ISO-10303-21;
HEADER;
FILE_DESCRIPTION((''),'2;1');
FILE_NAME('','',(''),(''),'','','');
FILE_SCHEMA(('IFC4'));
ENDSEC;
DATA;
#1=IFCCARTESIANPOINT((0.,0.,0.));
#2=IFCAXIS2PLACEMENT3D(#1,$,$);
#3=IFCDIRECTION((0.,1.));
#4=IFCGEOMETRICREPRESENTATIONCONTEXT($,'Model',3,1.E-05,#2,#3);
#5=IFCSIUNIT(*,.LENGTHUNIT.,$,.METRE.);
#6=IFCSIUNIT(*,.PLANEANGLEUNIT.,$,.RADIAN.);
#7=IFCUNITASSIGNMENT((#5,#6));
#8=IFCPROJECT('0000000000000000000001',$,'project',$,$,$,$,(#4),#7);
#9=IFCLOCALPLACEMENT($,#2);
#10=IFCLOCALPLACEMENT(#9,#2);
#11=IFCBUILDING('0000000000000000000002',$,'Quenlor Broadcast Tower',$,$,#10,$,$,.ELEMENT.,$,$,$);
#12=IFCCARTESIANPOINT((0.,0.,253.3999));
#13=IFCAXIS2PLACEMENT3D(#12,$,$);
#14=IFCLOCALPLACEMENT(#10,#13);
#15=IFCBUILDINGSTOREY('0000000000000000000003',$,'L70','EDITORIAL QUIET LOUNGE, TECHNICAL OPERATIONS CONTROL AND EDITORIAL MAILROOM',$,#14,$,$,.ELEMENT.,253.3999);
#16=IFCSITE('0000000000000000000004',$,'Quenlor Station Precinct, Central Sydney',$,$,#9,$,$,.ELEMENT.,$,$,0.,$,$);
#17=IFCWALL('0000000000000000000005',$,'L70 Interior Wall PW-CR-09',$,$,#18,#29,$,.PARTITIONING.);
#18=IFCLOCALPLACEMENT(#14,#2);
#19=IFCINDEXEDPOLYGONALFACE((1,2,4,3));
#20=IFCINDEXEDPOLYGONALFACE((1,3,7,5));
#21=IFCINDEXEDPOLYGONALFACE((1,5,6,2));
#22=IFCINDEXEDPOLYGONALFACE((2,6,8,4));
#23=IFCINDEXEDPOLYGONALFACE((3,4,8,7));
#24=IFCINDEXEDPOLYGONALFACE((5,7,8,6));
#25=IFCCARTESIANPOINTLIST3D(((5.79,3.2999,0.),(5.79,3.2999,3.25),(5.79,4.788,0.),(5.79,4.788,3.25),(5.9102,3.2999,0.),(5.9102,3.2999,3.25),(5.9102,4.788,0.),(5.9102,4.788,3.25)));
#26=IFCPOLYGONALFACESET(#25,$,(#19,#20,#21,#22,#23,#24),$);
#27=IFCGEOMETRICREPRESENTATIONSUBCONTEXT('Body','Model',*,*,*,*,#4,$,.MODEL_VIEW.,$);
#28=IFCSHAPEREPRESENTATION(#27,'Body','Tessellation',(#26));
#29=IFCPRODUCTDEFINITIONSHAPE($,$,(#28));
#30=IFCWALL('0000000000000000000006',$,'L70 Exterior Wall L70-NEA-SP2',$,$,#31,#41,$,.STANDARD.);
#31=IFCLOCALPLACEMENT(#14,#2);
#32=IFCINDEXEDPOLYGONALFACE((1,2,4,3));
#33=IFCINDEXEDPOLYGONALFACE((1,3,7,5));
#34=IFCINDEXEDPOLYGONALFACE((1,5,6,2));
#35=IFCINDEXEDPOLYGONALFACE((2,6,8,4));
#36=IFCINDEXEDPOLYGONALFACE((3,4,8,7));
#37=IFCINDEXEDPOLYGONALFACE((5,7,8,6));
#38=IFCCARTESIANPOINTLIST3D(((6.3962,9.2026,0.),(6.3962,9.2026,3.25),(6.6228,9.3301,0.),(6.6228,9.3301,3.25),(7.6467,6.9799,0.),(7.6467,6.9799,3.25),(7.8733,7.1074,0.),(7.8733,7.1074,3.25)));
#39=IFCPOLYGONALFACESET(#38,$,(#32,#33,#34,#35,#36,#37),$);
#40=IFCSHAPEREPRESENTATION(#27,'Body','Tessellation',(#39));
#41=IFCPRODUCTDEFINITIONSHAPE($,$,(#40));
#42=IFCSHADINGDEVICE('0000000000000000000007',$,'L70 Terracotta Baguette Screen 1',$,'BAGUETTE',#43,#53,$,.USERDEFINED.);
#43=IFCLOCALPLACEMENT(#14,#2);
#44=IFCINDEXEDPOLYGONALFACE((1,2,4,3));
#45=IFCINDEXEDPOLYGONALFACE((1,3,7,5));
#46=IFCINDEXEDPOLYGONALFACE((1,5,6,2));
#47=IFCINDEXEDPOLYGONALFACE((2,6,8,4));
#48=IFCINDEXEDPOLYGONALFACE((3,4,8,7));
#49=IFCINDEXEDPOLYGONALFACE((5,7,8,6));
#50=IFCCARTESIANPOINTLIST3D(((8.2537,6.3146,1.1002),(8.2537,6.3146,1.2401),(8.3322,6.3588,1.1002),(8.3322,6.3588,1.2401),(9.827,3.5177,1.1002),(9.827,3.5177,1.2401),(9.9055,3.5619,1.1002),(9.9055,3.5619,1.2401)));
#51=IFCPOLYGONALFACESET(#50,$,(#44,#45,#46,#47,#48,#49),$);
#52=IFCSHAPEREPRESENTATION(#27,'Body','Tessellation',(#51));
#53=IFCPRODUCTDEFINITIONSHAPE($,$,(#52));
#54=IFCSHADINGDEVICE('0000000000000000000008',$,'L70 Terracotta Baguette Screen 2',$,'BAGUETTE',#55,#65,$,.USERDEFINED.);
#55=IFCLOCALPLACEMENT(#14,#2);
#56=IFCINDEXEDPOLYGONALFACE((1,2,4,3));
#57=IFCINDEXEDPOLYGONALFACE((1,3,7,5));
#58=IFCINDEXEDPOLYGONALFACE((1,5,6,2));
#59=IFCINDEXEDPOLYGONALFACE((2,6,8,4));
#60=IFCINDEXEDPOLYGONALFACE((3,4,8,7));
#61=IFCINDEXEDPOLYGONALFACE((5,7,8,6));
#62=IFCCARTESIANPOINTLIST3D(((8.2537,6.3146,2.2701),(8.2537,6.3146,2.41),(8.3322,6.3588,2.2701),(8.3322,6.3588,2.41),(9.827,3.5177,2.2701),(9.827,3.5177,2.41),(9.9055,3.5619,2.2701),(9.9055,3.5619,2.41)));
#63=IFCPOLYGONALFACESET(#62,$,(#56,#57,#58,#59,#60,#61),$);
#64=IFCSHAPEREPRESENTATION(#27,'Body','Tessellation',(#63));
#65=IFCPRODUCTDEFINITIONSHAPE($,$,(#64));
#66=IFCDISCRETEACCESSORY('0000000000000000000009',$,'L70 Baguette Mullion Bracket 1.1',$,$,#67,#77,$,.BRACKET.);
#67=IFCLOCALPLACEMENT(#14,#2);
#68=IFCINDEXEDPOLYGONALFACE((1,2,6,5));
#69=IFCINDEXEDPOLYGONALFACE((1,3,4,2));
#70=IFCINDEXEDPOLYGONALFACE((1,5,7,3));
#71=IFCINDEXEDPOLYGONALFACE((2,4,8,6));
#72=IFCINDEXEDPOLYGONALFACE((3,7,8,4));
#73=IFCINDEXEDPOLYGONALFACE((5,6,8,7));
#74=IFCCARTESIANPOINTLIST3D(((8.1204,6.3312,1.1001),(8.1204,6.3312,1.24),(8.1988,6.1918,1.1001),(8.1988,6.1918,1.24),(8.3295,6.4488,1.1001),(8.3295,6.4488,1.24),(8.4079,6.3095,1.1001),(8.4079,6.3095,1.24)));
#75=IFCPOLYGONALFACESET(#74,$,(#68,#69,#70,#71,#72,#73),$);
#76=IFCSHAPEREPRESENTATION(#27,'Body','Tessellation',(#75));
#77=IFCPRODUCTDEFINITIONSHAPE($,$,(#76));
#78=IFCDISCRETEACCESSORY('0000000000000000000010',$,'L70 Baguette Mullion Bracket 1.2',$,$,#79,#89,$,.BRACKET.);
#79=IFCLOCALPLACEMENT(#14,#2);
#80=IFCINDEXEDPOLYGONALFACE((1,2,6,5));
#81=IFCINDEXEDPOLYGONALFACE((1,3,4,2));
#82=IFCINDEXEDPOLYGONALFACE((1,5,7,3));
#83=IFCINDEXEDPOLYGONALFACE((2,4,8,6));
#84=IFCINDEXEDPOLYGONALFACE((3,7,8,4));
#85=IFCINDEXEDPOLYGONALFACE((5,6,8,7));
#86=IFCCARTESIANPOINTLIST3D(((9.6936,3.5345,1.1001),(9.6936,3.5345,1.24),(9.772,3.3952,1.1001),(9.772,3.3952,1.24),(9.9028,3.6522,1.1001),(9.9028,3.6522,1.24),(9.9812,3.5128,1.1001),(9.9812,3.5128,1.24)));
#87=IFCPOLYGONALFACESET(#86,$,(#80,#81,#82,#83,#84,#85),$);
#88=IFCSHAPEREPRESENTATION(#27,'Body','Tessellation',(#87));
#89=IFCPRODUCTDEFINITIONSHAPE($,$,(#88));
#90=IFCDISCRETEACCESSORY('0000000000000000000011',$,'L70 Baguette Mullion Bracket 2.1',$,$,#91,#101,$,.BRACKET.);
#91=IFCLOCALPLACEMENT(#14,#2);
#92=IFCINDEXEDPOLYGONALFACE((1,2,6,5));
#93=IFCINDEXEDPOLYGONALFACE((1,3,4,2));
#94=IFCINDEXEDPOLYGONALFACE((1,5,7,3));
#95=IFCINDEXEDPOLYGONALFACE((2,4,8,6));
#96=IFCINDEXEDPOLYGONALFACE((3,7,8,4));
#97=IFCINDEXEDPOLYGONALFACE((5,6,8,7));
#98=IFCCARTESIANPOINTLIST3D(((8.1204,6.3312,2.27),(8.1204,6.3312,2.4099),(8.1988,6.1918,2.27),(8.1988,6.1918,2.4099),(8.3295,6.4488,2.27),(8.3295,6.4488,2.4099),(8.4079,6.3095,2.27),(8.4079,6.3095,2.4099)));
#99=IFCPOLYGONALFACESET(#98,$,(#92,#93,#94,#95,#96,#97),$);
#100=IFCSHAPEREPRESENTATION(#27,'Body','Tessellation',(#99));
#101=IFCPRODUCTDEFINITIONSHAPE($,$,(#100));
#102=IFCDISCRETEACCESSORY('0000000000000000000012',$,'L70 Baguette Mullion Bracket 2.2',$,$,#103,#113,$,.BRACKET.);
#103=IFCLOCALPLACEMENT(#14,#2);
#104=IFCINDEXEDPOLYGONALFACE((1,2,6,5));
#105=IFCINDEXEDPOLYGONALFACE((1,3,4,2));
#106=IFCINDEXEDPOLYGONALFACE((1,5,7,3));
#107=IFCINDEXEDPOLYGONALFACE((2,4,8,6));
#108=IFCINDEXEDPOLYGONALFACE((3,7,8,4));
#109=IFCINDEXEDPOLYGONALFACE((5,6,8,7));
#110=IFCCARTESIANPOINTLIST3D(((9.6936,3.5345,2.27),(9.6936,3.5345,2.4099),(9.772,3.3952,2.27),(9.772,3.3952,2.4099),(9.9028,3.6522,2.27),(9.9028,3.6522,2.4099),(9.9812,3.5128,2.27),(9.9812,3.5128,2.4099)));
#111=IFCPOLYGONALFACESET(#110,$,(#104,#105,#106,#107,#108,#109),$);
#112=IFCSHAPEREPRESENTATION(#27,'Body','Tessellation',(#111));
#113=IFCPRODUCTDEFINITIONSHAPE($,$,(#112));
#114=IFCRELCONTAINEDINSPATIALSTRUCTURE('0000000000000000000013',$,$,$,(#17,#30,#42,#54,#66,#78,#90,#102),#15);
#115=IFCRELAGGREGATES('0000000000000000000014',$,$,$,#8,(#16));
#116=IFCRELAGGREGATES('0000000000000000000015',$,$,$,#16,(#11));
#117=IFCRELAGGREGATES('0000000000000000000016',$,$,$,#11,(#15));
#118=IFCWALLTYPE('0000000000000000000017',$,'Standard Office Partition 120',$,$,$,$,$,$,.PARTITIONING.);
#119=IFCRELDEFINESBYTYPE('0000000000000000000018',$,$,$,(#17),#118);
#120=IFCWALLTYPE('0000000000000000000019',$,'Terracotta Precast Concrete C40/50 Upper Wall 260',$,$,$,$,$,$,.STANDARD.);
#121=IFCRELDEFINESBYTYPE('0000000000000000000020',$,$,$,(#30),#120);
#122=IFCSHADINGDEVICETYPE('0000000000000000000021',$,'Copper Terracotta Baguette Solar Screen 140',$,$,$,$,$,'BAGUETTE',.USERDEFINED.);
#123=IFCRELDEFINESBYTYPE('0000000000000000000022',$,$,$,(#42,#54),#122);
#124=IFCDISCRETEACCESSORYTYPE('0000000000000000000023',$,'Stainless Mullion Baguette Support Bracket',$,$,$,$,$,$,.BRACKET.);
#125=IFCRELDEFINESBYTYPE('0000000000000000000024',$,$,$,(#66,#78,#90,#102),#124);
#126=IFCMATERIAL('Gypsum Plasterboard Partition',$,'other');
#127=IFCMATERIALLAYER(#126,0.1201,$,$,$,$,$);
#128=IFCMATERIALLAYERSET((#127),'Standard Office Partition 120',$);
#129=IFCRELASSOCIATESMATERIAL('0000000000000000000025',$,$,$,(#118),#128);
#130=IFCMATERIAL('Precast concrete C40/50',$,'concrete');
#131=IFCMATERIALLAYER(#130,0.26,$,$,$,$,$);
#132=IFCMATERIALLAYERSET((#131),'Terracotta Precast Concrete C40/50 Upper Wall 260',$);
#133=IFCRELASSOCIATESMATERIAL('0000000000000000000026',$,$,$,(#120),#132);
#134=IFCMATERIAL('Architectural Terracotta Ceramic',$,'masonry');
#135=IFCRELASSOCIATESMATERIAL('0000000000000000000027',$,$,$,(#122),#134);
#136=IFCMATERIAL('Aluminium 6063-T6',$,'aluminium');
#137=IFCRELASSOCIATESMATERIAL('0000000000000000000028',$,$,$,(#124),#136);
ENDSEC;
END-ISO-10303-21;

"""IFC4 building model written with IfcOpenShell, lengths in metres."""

from ifc_helpers import new_model, si_unit, direction, frame, frame_2d, origin, origin_2d, place, context, subcontext, project, spatial, rectangle, extrude, material, layer, layer_set, material_profile, profile_set, type_object, element, save


model = new_model("IFC4")

# Units and contexts
model_context = context("Model", 3, precision=1e-05, world=origin(), true_north=direction((0.0, 1.0)))
body_context = subcontext(model_context, "Body", "Model", "MODEL_VIEW")
ifc_project = project(units=[si_unit("LENGTHUNIT", "METRE"), si_unit("PLANEANGLEUNIT", "RADIAN")], contexts=[model_context])

# Site, building, storey
site_placement = place(None, origin())
site = spatial("IfcSite", under=ifc_project, at=site_placement, Name="Quenlor Station Precinct, Central Sydney", CompositionType="ELEMENT", RefElevation=0.0)
building_placement = place(site_placement, origin())
building = spatial("IfcBuilding", under=site, at=building_placement, Name="Quenlor Broadcast Tower", CompositionType="ELEMENT")
storey_placement = place(building_placement, frame((0.0, 0.0, 253.3999)))
storey = spatial("IfcBuildingStorey", under=building, at=storey_placement, Name="L70", Description="EDITORIAL QUIET LOUNGE, TECHNICAL OPERATIONS CONTROL AND EDITORIAL MAILROOM", CompositionType="ELEMENT", Elevation=253.3999)

# Walls
ifc_material_1 = material(Name="Gypsum Plasterboard Partition", Category="other")
ifc_layer_1 = layer(ifc_material_1, 0.1201)
ifc_layer_set_1 = layer_set([ifc_layer_1], Name="Standard Office Partition 120")
wall_type_1 = type_object("IfcWallType", Name="Standard Office Partition 120", PredefinedType="PARTITIONING", material=ifc_layer_set_1)
wall_1_placement = place(storey_placement, frame((5.8501, 4.7881, 0.0), z_axis=(0.0, 0.0, 1.0), x_axis=(0.0, -1.0, 0.0)))
element("IfcWall", 1, at=wall_1_placement, inside=storey, type_object=wall_type_1, Name="L70 Interior Wall PW-CR-09", PredefinedType="PARTITIONING", context=body_context, shape_type="SweptSolid", body=[
    extrude(rectangle(XDim=1.488, YDim=0.1201, at=frame_2d((0.7441, 0.0))), origin(), (0.0, 0.0, 1.0), 3.25),
])
ifc_material_2 = material(Name="Precast concrete C40/50", Category="concrete")
ifc_layer_2 = layer(ifc_material_2, 0.26)
ifc_layer_set_2 = layer_set([ifc_layer_2], Name="Terracotta Precast Concrete C40/50 Upper Wall 260")
wall_type_2 = type_object("IfcWallType", Name="Terracotta Precast Concrete C40/50 Upper Wall 260", PredefinedType="STANDARD", material=ifc_layer_set_2)
wall_2_placement = place(storey_placement, frame((6.5095, 9.2664, 0.0), z_axis=(0.0, 0.0, 1.0), x_axis=(0.490334, -0.871535, 0.0)))
element("IfcWall", 2, at=wall_2_placement, inside=storey, type_object=wall_type_2, Name="L70 Exterior Wall L70-NEA-SP2", PredefinedType="STANDARD", context=body_context, shape_type="SweptSolid", body=[
    extrude(rectangle(XDim=2.5503, YDim=0.26, at=frame_2d((1.2751, 0.0))), origin(), (0.0, 0.0, 1.0), 3.25),
])

# Shading devices
ifc_material_3 = material(Name="Architectural Terracotta Ceramic", Category="masonry")
ifc_material_profile_1 = material_profile(ifc_material_3, rectangle(XDim=0.0901, YDim=0.1399, at=origin_2d()))
ifc_profile_set_1 = profile_set([ifc_material_profile_1], Name="Architectural Terracotta Ceramic BAG90x140")
shading_device_type = type_object("IfcShadingDeviceType", Name="Copper Terracotta Baguette Solar Screen 140", ElementType="BAGUETTE", PredefinedType="USERDEFINED", material=ifc_profile_set_1)
for number, where, z_axis, x_axis, name in (
    (3, (8.293, 6.3367, 1.1702), (0.490261, -0.871576, 0.0), (0.871576, 0.490261, 0.0), "L70 Terracotta Baguette Screen 1"),
    (4, (8.293, 6.3367, 2.3401), (0.490261, -0.871576, 0.0), (0.871576, 0.490261, 0.0), "L70 Terracotta Baguette Screen 2"),
):
    element("IfcShadingDevice", number, at=place(storey_placement, frame(where, z_axis=z_axis, x_axis=x_axis)), inside=storey, type_object=shading_device_type, Name=name, ObjectType="BAGUETTE", PredefinedType="USERDEFINED", context=body_context, shape_type="SweptSolid", body=[
        extrude(rectangle(XDim=0.0901, YDim=0.1399, at=origin_2d()), origin(), (0.0, 0.0, 1.0), 3.209),
    ])

# Discrete accessories
ifc_material_4 = material(Name="Aluminium 6063-T6", Category="aluminium")
discrete_accessory_type = type_object("IfcDiscreteAccessoryType", Name="Stainless Mullion Baguette Support Bracket", PredefinedType="BRACKET", material=ifc_material_4)
for number, where, z_axis, x_axis, name in (
    (5, (8.2642, 6.3203, 1.1001), (0.0, 0.0, 1.0), (0.490262, -0.871575, 0.0), "L70 Baguette Mullion Bracket 1.1"),
    (6, (9.8374, 3.5237, 1.1001), (0.0, 0.0, 1.0), (0.490262, -0.871575, 0.0), "L70 Baguette Mullion Bracket 1.2"),
    (7, (8.2642, 6.3203, 2.27), (0.0, 0.0, 1.0), (0.490262, -0.871575, 0.0), "L70 Baguette Mullion Bracket 2.1"),
    (8, (9.8374, 3.5237, 2.27), (0.0, 0.0, 1.0), (0.490262, -0.871575, 0.0), "L70 Baguette Mullion Bracket 2.2"),
):
    element("IfcDiscreteAccessory", number, at=place(storey_placement, frame(where, z_axis=z_axis, x_axis=x_axis)), inside=storey, type_object=discrete_accessory_type, Name=name, PredefinedType="BRACKET", context=body_context, shape_type="SweptSolid", body=[
        extrude(rectangle(XDim=0.1599, YDim=0.24, at=origin_2d()), origin(), (0.0, 0.0, 1.0), 0.1399),
    ])

save(model, "model.ifc")
